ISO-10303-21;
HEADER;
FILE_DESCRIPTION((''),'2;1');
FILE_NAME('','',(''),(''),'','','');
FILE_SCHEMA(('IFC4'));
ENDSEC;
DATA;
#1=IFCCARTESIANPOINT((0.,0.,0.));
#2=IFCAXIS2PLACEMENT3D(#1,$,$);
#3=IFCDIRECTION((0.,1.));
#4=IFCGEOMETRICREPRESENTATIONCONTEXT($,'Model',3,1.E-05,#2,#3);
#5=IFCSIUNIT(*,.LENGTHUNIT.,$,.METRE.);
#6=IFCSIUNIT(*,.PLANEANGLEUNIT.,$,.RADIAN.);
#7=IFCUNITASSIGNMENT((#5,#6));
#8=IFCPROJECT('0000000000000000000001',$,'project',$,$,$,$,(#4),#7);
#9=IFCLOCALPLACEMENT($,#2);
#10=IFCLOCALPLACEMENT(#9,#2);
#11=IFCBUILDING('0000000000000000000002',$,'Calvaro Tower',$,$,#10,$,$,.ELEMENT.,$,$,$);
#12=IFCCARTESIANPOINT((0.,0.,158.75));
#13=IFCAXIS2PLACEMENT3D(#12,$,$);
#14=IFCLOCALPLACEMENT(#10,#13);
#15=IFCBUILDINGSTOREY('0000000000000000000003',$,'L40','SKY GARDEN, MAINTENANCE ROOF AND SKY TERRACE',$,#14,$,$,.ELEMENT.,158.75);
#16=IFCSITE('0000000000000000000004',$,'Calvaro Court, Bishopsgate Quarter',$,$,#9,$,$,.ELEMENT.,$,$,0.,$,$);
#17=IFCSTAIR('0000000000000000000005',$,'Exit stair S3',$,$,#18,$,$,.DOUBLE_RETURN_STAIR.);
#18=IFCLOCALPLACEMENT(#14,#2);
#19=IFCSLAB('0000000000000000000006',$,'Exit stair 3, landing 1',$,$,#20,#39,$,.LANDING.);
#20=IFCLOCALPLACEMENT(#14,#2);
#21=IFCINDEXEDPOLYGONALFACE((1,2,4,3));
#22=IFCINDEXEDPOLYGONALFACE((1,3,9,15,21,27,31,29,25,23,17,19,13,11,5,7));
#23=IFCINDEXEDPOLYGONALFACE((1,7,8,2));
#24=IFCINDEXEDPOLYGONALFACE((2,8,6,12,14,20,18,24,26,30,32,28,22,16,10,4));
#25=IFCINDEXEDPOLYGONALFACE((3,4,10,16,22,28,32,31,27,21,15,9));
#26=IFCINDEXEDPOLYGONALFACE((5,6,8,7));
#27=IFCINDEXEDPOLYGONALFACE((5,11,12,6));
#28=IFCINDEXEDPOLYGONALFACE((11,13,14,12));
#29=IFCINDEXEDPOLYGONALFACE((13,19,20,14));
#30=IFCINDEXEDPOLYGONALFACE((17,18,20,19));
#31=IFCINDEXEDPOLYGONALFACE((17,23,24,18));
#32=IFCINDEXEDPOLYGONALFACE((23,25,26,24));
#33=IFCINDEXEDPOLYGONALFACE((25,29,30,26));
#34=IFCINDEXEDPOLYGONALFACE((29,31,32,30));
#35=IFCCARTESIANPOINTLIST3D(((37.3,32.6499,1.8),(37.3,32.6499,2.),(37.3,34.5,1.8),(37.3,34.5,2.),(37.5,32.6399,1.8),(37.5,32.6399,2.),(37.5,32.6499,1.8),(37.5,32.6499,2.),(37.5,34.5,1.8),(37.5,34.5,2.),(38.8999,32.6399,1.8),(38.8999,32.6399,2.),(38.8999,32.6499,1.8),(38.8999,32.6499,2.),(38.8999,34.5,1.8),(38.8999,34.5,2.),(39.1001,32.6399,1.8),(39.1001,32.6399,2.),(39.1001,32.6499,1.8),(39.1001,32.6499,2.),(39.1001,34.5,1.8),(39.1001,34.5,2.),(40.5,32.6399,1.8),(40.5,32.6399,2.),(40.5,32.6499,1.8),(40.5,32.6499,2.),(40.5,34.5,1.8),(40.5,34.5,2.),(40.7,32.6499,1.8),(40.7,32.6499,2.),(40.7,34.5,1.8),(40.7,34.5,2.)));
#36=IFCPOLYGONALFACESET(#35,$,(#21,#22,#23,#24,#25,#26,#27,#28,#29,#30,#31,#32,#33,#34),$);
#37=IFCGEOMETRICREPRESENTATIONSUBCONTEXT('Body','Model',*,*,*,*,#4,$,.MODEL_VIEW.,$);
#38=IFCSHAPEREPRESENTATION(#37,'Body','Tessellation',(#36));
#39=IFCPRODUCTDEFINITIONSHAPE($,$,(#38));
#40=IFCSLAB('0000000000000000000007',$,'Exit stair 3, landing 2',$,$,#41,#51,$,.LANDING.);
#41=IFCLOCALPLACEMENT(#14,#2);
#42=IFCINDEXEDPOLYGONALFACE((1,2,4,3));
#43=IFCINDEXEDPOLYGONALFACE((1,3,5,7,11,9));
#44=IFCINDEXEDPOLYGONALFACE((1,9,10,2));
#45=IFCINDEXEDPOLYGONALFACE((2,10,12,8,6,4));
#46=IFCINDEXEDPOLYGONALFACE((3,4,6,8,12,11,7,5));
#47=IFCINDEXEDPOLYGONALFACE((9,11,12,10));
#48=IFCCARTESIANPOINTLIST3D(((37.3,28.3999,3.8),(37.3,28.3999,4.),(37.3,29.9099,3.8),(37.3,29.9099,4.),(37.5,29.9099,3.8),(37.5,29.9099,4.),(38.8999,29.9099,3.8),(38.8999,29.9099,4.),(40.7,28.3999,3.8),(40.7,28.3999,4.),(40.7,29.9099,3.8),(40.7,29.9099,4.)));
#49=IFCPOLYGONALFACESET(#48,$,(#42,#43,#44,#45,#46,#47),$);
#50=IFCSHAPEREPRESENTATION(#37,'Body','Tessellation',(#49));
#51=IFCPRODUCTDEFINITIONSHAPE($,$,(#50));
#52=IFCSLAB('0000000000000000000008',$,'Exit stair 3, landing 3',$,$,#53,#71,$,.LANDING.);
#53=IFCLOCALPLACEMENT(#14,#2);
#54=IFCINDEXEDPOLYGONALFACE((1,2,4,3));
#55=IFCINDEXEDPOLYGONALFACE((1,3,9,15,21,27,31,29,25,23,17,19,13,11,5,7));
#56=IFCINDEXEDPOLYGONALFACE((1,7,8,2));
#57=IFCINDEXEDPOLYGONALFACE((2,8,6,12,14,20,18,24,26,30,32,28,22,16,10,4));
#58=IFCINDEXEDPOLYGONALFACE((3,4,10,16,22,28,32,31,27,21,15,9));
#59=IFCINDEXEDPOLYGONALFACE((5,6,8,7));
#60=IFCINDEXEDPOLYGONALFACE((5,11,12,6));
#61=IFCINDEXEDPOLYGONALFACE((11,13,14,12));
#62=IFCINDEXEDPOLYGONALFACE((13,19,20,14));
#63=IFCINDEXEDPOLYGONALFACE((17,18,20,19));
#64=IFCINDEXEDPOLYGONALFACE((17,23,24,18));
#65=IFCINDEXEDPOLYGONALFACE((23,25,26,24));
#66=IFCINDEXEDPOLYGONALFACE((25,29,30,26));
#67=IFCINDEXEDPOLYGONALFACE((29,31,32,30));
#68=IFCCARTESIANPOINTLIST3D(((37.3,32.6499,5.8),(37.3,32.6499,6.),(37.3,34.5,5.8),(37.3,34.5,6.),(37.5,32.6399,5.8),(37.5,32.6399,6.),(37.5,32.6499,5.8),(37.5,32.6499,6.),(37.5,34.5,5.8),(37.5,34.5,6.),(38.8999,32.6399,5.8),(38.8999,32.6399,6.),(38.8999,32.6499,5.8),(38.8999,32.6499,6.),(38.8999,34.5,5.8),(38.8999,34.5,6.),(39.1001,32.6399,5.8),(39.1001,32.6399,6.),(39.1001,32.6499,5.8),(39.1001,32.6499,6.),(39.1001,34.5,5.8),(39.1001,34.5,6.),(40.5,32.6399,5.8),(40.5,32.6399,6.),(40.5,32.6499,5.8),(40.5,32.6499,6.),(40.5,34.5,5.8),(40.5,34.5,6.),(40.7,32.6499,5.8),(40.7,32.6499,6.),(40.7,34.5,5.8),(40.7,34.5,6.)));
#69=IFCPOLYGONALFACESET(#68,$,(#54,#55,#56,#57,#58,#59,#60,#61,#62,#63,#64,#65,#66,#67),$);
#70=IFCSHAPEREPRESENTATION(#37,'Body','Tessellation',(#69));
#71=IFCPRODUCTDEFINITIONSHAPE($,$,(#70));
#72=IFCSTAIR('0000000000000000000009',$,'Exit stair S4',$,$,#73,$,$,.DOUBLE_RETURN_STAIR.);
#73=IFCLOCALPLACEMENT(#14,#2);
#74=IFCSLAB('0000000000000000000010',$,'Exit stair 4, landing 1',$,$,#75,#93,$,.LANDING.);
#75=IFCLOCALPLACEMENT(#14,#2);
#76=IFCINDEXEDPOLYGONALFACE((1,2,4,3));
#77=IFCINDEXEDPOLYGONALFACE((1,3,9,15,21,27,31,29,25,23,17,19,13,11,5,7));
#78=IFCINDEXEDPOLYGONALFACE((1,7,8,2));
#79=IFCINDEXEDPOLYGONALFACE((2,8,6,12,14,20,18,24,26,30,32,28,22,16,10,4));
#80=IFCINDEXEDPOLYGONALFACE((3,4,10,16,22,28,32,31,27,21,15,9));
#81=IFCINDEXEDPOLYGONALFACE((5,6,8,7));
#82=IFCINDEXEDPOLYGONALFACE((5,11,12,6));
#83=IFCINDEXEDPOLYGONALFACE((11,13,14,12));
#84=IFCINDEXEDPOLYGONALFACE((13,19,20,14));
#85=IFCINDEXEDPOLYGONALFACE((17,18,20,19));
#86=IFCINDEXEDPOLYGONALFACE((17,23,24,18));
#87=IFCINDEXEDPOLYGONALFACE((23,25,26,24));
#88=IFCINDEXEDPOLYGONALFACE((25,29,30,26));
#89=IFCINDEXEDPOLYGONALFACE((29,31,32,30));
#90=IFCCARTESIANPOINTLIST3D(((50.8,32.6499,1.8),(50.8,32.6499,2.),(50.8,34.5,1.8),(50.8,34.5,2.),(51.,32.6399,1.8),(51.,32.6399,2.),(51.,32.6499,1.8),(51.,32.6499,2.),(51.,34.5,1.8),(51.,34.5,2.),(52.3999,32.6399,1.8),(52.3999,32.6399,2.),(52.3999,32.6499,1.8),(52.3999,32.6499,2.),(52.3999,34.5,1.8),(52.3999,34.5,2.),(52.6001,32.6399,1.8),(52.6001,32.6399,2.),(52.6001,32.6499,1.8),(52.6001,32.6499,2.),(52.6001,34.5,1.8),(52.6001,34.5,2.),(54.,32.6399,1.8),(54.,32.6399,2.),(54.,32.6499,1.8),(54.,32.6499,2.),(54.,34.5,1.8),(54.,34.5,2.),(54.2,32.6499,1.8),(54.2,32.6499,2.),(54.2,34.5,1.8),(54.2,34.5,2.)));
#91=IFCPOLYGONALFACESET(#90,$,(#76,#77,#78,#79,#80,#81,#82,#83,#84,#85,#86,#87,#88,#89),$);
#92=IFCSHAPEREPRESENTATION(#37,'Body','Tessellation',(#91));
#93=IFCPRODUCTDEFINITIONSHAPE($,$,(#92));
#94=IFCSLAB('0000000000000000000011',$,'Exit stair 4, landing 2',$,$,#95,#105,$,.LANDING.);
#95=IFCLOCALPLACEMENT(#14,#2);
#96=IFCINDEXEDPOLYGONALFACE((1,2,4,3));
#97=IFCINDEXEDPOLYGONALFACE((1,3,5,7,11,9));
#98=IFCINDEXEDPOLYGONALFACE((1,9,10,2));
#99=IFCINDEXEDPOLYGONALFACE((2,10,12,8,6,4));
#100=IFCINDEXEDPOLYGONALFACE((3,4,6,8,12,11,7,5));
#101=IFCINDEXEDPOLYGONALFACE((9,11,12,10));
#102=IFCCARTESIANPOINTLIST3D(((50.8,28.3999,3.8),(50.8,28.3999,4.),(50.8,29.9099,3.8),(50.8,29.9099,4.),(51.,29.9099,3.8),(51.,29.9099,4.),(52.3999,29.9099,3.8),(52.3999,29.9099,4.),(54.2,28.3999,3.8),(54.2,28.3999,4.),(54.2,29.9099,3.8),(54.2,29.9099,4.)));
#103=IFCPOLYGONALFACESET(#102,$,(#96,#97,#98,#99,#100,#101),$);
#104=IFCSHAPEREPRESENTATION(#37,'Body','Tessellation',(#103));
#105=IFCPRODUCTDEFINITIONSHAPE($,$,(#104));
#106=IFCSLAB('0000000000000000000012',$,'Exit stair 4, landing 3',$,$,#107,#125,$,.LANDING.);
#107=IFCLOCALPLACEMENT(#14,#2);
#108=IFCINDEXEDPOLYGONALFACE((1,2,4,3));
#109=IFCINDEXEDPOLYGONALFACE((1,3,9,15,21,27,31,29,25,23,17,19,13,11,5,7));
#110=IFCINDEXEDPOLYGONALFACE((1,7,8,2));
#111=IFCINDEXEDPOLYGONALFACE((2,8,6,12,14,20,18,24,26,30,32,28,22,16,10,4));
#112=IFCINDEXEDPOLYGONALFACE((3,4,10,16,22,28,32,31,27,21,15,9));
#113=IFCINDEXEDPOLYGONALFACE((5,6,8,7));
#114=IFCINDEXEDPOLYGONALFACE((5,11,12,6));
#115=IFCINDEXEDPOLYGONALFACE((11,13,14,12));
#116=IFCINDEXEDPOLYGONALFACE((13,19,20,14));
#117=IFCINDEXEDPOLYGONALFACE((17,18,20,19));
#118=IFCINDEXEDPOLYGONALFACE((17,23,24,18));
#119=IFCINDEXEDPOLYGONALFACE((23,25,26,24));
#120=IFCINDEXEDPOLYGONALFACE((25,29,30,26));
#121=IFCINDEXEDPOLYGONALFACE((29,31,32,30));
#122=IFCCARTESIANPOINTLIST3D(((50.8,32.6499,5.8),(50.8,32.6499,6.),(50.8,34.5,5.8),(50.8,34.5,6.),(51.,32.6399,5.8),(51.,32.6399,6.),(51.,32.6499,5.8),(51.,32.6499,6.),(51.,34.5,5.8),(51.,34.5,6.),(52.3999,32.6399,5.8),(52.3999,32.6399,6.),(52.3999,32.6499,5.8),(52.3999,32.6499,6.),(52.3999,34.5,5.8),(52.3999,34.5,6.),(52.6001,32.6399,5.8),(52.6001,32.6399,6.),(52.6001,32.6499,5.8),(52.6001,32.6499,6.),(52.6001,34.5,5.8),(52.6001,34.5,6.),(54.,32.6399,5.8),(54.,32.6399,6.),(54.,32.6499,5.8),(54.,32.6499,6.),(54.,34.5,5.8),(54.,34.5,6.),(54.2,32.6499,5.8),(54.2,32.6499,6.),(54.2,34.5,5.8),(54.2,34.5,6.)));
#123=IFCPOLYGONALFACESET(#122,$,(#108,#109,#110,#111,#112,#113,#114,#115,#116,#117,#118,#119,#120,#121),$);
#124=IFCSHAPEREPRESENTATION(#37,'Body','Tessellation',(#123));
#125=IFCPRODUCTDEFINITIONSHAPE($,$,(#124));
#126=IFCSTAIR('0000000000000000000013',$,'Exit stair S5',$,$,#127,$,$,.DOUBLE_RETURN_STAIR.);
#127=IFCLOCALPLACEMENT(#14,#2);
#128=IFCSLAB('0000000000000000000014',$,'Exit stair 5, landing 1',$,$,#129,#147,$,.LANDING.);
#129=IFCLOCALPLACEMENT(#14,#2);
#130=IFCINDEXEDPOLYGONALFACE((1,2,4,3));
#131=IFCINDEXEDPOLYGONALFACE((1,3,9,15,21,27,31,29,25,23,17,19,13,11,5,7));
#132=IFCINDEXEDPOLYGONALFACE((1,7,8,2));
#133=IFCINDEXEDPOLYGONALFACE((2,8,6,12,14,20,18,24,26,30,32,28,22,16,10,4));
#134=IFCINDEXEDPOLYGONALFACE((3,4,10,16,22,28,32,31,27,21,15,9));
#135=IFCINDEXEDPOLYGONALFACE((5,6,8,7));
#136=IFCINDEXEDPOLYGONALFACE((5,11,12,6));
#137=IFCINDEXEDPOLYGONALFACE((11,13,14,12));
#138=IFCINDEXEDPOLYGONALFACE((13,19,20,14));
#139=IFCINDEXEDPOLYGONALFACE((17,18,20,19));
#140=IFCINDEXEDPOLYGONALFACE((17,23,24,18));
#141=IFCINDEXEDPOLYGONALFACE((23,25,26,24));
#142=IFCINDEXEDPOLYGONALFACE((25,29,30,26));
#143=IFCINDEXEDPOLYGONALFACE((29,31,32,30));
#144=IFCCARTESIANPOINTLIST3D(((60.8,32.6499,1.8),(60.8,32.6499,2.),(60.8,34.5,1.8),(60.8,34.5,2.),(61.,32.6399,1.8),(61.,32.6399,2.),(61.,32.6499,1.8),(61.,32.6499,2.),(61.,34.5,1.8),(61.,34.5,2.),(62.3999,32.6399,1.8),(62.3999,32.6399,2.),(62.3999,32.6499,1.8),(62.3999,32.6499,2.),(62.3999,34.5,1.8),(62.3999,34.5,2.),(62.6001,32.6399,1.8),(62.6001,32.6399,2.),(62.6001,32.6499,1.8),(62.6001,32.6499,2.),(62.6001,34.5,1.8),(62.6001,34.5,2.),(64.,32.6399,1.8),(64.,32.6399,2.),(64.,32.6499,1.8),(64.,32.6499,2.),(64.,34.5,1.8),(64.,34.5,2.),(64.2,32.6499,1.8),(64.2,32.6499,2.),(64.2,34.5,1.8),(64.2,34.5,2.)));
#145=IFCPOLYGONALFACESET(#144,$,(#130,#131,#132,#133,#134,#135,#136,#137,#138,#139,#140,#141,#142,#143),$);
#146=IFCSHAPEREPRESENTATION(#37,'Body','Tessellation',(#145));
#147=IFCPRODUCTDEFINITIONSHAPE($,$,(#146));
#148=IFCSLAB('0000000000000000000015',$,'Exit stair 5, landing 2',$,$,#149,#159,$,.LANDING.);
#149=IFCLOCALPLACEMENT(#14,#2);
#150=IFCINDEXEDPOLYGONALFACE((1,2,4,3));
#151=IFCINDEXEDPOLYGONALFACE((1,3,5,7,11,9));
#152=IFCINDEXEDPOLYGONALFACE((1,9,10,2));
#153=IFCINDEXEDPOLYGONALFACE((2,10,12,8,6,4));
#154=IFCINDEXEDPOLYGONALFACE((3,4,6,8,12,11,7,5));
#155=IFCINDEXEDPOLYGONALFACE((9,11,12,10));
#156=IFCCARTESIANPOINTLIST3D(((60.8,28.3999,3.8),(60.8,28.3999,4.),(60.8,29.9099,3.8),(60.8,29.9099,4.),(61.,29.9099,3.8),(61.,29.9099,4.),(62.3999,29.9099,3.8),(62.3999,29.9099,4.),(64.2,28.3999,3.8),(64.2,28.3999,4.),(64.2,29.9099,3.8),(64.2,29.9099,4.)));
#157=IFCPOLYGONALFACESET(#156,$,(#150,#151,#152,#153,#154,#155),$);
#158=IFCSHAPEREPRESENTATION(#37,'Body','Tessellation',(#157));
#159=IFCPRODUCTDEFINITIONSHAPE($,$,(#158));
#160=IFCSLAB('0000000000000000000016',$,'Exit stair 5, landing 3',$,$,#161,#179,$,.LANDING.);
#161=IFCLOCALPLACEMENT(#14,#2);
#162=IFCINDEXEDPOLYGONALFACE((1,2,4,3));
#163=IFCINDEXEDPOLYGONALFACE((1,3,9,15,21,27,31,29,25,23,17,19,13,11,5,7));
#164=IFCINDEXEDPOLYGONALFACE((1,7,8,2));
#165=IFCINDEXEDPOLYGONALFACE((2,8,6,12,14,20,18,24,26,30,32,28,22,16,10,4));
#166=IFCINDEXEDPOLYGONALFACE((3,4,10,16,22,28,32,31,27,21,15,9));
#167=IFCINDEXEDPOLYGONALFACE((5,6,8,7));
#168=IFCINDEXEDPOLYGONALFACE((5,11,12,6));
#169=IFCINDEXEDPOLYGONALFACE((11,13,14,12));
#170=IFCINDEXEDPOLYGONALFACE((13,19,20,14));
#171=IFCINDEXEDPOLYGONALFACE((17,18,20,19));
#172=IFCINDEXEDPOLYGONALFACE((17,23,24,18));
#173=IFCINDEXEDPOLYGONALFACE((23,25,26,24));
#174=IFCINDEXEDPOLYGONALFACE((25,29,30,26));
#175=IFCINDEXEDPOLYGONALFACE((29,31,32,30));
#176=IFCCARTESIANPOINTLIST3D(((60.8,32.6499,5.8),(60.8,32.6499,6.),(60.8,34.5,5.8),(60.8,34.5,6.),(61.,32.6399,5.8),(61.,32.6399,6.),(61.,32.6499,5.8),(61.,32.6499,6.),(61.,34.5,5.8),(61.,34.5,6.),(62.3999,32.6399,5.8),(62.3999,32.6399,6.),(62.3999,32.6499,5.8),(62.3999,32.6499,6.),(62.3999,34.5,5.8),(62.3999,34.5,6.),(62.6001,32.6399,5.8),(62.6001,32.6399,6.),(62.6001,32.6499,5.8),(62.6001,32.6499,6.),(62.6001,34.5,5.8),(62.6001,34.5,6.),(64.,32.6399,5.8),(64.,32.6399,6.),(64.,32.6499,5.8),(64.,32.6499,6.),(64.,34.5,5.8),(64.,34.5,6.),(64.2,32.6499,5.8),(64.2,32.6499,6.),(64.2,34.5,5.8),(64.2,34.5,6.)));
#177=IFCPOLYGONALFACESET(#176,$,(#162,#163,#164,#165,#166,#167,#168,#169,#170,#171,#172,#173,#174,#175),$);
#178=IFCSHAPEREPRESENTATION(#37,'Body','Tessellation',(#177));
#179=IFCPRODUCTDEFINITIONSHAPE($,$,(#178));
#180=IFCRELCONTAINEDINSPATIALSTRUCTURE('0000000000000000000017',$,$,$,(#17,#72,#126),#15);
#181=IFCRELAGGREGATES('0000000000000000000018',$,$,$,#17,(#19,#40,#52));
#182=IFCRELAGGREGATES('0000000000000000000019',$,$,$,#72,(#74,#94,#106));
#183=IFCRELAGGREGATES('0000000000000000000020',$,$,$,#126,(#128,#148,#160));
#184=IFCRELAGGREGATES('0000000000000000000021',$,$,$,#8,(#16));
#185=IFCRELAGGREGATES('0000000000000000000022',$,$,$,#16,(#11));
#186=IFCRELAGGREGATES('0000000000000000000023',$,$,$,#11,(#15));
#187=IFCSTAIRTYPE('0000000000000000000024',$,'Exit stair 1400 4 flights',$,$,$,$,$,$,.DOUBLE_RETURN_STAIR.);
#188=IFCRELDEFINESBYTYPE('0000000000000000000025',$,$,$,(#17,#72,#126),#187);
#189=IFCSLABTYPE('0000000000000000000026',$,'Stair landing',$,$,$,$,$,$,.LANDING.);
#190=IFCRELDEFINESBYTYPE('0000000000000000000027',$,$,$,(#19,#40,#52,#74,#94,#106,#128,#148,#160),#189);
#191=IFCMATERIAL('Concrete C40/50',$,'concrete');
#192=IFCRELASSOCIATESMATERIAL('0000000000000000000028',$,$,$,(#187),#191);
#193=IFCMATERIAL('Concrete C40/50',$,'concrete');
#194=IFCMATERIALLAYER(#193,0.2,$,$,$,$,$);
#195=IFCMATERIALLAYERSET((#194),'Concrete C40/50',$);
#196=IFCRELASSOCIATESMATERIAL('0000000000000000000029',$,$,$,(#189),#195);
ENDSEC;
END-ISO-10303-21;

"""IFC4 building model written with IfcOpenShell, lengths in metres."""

from ifc_helpers import new_model, si_unit, direction, frame, origin, place, context, subcontext, project, spatial, polyline, outline, extrude, material, layer, layer_set, type_object, element, aggregate, save


model = new_model("IFC4")

# Units and contexts
model_context = context("Model", 3, precision=1e-05, world=origin(), true_north=direction((0.0, 1.0)))
body_context = subcontext(model_context, "Body", "Model", "MODEL_VIEW")
ifc_project = project(units=[si_unit("LENGTHUNIT", "METRE"), si_unit("PLANEANGLEUNIT", "RADIAN")], contexts=[model_context])

# Site, building, storey
site_placement = place(None, origin())
site = spatial("IfcSite", under=ifc_project, at=site_placement, Name="Calvaro Court, Bishopsgate Quarter", CompositionType="ELEMENT", RefElevation=0.0)
building_placement = place(site_placement, origin())
building = spatial("IfcBuilding", under=site, at=building_placement, Name="Calvaro Tower", CompositionType="ELEMENT")
storey_placement = place(building_placement, frame((0.0, 0.0, 158.75)))
storey = spatial("IfcBuildingStorey", under=building, at=storey_placement, Name="L40", Description="SKY GARDEN, MAINTENANCE ROOF AND SKY TERRACE", CompositionType="ELEMENT", Elevation=158.75)

# Stairs, slabs
ifc_material_1 = material(Name="Concrete C40/50", Category="concrete")
stair_type = type_object("IfcStairType", Name="Exit stair 1400 4 flights", PredefinedType="DOUBLE_RETURN_STAIR", material=ifc_material_1)
ifc_material_2 = material(Name="Concrete C40/50", Category="concrete")
ifc_layer_1 = layer(ifc_material_2, 0.2)
ifc_layer_set_1 = layer_set([ifc_layer_1], Name="Concrete C40/50")
slab_type_1 = type_object("IfcSlabType", Name="Stair landing", PredefinedType="LANDING", material=ifc_layer_set_1)
stair_1_placement = place(storey_placement, origin())
stair_1 = element("IfcStair", 1, at=stair_1_placement, inside=storey, type_object=stair_type, Name="Exit stair S3", PredefinedType="DOUBLE_RETURN_STAIR")
slab_1_placement = place(storey_placement, frame((0.0, 0.0, 1.8)))
slab_1 = element("IfcSlab", 2, at=slab_1_placement, type_object=slab_type_1, Name="Exit stair 3, landing 1", PredefinedType="LANDING", context=body_context, shape_type="SweptSolid", body=[
    extrude(outline(polyline([(38.8999, 32.6399), (37.5, 32.6399), (37.5, 32.6499), (37.3, 32.6499), (37.3, 34.5), (37.5, 34.5), (38.8999, 34.5), (39.1001, 34.5), (40.5, 34.5), (40.7, 34.5), (40.7, 32.6499), (40.5, 32.6499), (40.5, 32.6399), (39.1001, 32.6399), (39.1001, 32.6499), (38.8999, 32.6499), (38.8999, 32.6399)])), origin(), (0.0, 0.0, 1.0), 0.2),
])
slab_2_placement = place(storey_placement, frame((0.0, 0.0, 3.8)))
slab_2 = element("IfcSlab", 3, at=slab_2_placement, type_object=slab_type_1, Name="Exit stair 3, landing 2", PredefinedType="LANDING", context=body_context, shape_type="SweptSolid", body=[
    extrude(outline(polyline([(40.7, 29.9099), (40.7, 28.3999), (37.3, 28.3999), (37.3, 29.9099), (37.5, 29.9099), (38.8999, 29.9099), (40.7, 29.9099)])), origin(), (0.0, 0.0, 1.0), 0.2),
])
slab_3_placement = place(storey_placement, frame((0.0, 0.0, 5.8)))
slab_3 = element("IfcSlab", 4, at=slab_3_placement, type_object=slab_type_1, Name="Exit stair 3, landing 3", PredefinedType="LANDING", context=body_context, shape_type="SweptSolid", body=[
    extrude(outline(polyline([(38.8999, 32.6399), (37.5, 32.6399), (37.5, 32.6499), (37.3, 32.6499), (37.3, 34.5), (37.5, 34.5), (38.8999, 34.5), (39.1001, 34.5), (40.5, 34.5), (40.7, 34.5), (40.7, 32.6499), (40.5, 32.6499), (40.5, 32.6399), (39.1001, 32.6399), (39.1001, 32.6499), (38.8999, 32.6499), (38.8999, 32.6399)])), origin(), (0.0, 0.0, 1.0), 0.2),
])
aggregate(stair_1, [slab_1, slab_2, slab_3])
stair_2_placement = place(storey_placement, origin())
stair_2 = element("IfcStair", 5, at=stair_2_placement, inside=storey, type_object=stair_type, Name="Exit stair S4", PredefinedType="DOUBLE_RETURN_STAIR")
slab_4_placement = place(storey_placement, frame((0.0, 0.0, 1.8)))
slab_4 = element("IfcSlab", 6, at=slab_4_placement, type_object=slab_type_1, Name="Exit stair 4, landing 1", PredefinedType="LANDING", context=body_context, shape_type="SweptSolid", body=[
    extrude(outline(polyline([(52.3999, 32.6399), (51.0, 32.6399), (51.0, 32.6499), (50.8, 32.6499), (50.8, 34.5), (51.0, 34.5), (52.3999, 34.5), (52.6001, 34.5), (54.0, 34.5), (54.2, 34.5), (54.2, 32.6499), (54.0, 32.6499), (54.0, 32.6399), (52.6001, 32.6399), (52.6001, 32.6499), (52.3999, 32.6499), (52.3999, 32.6399)])), origin(), (0.0, 0.0, 1.0), 0.2),
])
slab_5_placement = place(storey_placement, frame((0.0, 0.0, 3.8)))
slab_5 = element("IfcSlab", 7, at=slab_5_placement, type_object=slab_type_1, Name="Exit stair 4, landing 2", PredefinedType="LANDING", context=body_context, shape_type="SweptSolid", body=[
    extrude(outline(polyline([(54.2, 29.9099), (54.2, 28.3999), (50.8, 28.3999), (50.8, 29.9099), (51.0, 29.9099), (52.3999, 29.9099), (54.2, 29.9099)])), origin(), (0.0, 0.0, 1.0), 0.2),
])
slab_6_placement = place(storey_placement, frame((0.0, 0.0, 5.8)))
slab_6 = element("IfcSlab", 8, at=slab_6_placement, type_object=slab_type_1, Name="Exit stair 4, landing 3", PredefinedType="LANDING", context=body_context, shape_type="SweptSolid", body=[
    extrude(outline(polyline([(52.3999, 32.6399), (51.0, 32.6399), (51.0, 32.6499), (50.8, 32.6499), (50.8, 34.5), (51.0, 34.5), (52.3999, 34.5), (52.6001, 34.5), (54.0, 34.5), (54.2, 34.5), (54.2, 32.6499), (54.0, 32.6499), (54.0, 32.6399), (52.6001, 32.6399), (52.6001, 32.6499), (52.3999, 32.6499), (52.3999, 32.6399)])), origin(), (0.0, 0.0, 1.0), 0.2),
])
aggregate(stair_2, [slab_4, slab_5, slab_6])
stair_3_placement = place(storey_placement, origin())
stair_3 = element("IfcStair", 9, at=stair_3_placement, inside=storey, type_object=stair_type, Name="Exit stair S5", PredefinedType="DOUBLE_RETURN_STAIR")
slab_7_placement = place(storey_placement, frame((0.0, 0.0, 1.8)))
slab_7 = element("IfcSlab", 10, at=slab_7_placement, type_object=slab_type_1, Name="Exit stair 5, landing 1", PredefinedType="LANDING", context=body_context, shape_type="SweptSolid", body=[
    extrude(outline(polyline([(62.3999, 32.6399), (61.0, 32.6399), (61.0, 32.6499), (60.8, 32.6499), (60.8, 34.5), (61.0, 34.5), (62.3999, 34.5), (62.6001, 34.5), (64.0, 34.5), (64.2, 34.5), (64.2, 32.6499), (64.0, 32.6499), (64.0, 32.6399), (62.6001, 32.6399), (62.6001, 32.6499), (62.3999, 32.6499), (62.3999, 32.6399)])), origin(), (0.0, 0.0, 1.0), 0.2),
])
slab_8_placement = place(storey_placement, frame((0.0, 0.0, 3.8)))
slab_8 = element("IfcSlab", 11, at=slab_8_placement, type_object=slab_type_1, Name="Exit stair 5, landing 2", PredefinedType="LANDING", context=body_context, shape_type="SweptSolid", body=[
    extrude(outline(polyline([(64.2, 29.9099), (64.2, 28.3999), (60.8, 28.3999), (60.8, 29.9099), (61.0, 29.9099), (62.3999, 29.9099), (64.2, 29.9099)])), origin(), (0.0, 0.0, 1.0), 0.2),
])
slab_9_placement = place(storey_placement, frame((0.0, 0.0, 5.8)))
slab_9 = element("IfcSlab", 12, at=slab_9_placement, type_object=slab_type_1, Name="Exit stair 5, landing 3", PredefinedType="LANDING", context=body_context, shape_type="SweptSolid", body=[
    extrude(outline(polyline([(62.3999, 32.6399), (61.0, 32.6399), (61.0, 32.6499), (60.8, 32.6499), (60.8, 34.5), (61.0, 34.5), (62.3999, 34.5), (62.6001, 34.5), (64.0, 34.5), (64.2, 34.5), (64.2, 32.6499), (64.0, 32.6499), (64.0, 32.6399), (62.6001, 32.6399), (62.6001, 32.6499), (62.3999, 32.6499), (62.3999, 32.6399)])), origin(), (0.0, 0.0, 1.0), 0.2),
])
aggregate(stair_3, [slab_7, slab_8, slab_9])

save(model, "model.ifc")
